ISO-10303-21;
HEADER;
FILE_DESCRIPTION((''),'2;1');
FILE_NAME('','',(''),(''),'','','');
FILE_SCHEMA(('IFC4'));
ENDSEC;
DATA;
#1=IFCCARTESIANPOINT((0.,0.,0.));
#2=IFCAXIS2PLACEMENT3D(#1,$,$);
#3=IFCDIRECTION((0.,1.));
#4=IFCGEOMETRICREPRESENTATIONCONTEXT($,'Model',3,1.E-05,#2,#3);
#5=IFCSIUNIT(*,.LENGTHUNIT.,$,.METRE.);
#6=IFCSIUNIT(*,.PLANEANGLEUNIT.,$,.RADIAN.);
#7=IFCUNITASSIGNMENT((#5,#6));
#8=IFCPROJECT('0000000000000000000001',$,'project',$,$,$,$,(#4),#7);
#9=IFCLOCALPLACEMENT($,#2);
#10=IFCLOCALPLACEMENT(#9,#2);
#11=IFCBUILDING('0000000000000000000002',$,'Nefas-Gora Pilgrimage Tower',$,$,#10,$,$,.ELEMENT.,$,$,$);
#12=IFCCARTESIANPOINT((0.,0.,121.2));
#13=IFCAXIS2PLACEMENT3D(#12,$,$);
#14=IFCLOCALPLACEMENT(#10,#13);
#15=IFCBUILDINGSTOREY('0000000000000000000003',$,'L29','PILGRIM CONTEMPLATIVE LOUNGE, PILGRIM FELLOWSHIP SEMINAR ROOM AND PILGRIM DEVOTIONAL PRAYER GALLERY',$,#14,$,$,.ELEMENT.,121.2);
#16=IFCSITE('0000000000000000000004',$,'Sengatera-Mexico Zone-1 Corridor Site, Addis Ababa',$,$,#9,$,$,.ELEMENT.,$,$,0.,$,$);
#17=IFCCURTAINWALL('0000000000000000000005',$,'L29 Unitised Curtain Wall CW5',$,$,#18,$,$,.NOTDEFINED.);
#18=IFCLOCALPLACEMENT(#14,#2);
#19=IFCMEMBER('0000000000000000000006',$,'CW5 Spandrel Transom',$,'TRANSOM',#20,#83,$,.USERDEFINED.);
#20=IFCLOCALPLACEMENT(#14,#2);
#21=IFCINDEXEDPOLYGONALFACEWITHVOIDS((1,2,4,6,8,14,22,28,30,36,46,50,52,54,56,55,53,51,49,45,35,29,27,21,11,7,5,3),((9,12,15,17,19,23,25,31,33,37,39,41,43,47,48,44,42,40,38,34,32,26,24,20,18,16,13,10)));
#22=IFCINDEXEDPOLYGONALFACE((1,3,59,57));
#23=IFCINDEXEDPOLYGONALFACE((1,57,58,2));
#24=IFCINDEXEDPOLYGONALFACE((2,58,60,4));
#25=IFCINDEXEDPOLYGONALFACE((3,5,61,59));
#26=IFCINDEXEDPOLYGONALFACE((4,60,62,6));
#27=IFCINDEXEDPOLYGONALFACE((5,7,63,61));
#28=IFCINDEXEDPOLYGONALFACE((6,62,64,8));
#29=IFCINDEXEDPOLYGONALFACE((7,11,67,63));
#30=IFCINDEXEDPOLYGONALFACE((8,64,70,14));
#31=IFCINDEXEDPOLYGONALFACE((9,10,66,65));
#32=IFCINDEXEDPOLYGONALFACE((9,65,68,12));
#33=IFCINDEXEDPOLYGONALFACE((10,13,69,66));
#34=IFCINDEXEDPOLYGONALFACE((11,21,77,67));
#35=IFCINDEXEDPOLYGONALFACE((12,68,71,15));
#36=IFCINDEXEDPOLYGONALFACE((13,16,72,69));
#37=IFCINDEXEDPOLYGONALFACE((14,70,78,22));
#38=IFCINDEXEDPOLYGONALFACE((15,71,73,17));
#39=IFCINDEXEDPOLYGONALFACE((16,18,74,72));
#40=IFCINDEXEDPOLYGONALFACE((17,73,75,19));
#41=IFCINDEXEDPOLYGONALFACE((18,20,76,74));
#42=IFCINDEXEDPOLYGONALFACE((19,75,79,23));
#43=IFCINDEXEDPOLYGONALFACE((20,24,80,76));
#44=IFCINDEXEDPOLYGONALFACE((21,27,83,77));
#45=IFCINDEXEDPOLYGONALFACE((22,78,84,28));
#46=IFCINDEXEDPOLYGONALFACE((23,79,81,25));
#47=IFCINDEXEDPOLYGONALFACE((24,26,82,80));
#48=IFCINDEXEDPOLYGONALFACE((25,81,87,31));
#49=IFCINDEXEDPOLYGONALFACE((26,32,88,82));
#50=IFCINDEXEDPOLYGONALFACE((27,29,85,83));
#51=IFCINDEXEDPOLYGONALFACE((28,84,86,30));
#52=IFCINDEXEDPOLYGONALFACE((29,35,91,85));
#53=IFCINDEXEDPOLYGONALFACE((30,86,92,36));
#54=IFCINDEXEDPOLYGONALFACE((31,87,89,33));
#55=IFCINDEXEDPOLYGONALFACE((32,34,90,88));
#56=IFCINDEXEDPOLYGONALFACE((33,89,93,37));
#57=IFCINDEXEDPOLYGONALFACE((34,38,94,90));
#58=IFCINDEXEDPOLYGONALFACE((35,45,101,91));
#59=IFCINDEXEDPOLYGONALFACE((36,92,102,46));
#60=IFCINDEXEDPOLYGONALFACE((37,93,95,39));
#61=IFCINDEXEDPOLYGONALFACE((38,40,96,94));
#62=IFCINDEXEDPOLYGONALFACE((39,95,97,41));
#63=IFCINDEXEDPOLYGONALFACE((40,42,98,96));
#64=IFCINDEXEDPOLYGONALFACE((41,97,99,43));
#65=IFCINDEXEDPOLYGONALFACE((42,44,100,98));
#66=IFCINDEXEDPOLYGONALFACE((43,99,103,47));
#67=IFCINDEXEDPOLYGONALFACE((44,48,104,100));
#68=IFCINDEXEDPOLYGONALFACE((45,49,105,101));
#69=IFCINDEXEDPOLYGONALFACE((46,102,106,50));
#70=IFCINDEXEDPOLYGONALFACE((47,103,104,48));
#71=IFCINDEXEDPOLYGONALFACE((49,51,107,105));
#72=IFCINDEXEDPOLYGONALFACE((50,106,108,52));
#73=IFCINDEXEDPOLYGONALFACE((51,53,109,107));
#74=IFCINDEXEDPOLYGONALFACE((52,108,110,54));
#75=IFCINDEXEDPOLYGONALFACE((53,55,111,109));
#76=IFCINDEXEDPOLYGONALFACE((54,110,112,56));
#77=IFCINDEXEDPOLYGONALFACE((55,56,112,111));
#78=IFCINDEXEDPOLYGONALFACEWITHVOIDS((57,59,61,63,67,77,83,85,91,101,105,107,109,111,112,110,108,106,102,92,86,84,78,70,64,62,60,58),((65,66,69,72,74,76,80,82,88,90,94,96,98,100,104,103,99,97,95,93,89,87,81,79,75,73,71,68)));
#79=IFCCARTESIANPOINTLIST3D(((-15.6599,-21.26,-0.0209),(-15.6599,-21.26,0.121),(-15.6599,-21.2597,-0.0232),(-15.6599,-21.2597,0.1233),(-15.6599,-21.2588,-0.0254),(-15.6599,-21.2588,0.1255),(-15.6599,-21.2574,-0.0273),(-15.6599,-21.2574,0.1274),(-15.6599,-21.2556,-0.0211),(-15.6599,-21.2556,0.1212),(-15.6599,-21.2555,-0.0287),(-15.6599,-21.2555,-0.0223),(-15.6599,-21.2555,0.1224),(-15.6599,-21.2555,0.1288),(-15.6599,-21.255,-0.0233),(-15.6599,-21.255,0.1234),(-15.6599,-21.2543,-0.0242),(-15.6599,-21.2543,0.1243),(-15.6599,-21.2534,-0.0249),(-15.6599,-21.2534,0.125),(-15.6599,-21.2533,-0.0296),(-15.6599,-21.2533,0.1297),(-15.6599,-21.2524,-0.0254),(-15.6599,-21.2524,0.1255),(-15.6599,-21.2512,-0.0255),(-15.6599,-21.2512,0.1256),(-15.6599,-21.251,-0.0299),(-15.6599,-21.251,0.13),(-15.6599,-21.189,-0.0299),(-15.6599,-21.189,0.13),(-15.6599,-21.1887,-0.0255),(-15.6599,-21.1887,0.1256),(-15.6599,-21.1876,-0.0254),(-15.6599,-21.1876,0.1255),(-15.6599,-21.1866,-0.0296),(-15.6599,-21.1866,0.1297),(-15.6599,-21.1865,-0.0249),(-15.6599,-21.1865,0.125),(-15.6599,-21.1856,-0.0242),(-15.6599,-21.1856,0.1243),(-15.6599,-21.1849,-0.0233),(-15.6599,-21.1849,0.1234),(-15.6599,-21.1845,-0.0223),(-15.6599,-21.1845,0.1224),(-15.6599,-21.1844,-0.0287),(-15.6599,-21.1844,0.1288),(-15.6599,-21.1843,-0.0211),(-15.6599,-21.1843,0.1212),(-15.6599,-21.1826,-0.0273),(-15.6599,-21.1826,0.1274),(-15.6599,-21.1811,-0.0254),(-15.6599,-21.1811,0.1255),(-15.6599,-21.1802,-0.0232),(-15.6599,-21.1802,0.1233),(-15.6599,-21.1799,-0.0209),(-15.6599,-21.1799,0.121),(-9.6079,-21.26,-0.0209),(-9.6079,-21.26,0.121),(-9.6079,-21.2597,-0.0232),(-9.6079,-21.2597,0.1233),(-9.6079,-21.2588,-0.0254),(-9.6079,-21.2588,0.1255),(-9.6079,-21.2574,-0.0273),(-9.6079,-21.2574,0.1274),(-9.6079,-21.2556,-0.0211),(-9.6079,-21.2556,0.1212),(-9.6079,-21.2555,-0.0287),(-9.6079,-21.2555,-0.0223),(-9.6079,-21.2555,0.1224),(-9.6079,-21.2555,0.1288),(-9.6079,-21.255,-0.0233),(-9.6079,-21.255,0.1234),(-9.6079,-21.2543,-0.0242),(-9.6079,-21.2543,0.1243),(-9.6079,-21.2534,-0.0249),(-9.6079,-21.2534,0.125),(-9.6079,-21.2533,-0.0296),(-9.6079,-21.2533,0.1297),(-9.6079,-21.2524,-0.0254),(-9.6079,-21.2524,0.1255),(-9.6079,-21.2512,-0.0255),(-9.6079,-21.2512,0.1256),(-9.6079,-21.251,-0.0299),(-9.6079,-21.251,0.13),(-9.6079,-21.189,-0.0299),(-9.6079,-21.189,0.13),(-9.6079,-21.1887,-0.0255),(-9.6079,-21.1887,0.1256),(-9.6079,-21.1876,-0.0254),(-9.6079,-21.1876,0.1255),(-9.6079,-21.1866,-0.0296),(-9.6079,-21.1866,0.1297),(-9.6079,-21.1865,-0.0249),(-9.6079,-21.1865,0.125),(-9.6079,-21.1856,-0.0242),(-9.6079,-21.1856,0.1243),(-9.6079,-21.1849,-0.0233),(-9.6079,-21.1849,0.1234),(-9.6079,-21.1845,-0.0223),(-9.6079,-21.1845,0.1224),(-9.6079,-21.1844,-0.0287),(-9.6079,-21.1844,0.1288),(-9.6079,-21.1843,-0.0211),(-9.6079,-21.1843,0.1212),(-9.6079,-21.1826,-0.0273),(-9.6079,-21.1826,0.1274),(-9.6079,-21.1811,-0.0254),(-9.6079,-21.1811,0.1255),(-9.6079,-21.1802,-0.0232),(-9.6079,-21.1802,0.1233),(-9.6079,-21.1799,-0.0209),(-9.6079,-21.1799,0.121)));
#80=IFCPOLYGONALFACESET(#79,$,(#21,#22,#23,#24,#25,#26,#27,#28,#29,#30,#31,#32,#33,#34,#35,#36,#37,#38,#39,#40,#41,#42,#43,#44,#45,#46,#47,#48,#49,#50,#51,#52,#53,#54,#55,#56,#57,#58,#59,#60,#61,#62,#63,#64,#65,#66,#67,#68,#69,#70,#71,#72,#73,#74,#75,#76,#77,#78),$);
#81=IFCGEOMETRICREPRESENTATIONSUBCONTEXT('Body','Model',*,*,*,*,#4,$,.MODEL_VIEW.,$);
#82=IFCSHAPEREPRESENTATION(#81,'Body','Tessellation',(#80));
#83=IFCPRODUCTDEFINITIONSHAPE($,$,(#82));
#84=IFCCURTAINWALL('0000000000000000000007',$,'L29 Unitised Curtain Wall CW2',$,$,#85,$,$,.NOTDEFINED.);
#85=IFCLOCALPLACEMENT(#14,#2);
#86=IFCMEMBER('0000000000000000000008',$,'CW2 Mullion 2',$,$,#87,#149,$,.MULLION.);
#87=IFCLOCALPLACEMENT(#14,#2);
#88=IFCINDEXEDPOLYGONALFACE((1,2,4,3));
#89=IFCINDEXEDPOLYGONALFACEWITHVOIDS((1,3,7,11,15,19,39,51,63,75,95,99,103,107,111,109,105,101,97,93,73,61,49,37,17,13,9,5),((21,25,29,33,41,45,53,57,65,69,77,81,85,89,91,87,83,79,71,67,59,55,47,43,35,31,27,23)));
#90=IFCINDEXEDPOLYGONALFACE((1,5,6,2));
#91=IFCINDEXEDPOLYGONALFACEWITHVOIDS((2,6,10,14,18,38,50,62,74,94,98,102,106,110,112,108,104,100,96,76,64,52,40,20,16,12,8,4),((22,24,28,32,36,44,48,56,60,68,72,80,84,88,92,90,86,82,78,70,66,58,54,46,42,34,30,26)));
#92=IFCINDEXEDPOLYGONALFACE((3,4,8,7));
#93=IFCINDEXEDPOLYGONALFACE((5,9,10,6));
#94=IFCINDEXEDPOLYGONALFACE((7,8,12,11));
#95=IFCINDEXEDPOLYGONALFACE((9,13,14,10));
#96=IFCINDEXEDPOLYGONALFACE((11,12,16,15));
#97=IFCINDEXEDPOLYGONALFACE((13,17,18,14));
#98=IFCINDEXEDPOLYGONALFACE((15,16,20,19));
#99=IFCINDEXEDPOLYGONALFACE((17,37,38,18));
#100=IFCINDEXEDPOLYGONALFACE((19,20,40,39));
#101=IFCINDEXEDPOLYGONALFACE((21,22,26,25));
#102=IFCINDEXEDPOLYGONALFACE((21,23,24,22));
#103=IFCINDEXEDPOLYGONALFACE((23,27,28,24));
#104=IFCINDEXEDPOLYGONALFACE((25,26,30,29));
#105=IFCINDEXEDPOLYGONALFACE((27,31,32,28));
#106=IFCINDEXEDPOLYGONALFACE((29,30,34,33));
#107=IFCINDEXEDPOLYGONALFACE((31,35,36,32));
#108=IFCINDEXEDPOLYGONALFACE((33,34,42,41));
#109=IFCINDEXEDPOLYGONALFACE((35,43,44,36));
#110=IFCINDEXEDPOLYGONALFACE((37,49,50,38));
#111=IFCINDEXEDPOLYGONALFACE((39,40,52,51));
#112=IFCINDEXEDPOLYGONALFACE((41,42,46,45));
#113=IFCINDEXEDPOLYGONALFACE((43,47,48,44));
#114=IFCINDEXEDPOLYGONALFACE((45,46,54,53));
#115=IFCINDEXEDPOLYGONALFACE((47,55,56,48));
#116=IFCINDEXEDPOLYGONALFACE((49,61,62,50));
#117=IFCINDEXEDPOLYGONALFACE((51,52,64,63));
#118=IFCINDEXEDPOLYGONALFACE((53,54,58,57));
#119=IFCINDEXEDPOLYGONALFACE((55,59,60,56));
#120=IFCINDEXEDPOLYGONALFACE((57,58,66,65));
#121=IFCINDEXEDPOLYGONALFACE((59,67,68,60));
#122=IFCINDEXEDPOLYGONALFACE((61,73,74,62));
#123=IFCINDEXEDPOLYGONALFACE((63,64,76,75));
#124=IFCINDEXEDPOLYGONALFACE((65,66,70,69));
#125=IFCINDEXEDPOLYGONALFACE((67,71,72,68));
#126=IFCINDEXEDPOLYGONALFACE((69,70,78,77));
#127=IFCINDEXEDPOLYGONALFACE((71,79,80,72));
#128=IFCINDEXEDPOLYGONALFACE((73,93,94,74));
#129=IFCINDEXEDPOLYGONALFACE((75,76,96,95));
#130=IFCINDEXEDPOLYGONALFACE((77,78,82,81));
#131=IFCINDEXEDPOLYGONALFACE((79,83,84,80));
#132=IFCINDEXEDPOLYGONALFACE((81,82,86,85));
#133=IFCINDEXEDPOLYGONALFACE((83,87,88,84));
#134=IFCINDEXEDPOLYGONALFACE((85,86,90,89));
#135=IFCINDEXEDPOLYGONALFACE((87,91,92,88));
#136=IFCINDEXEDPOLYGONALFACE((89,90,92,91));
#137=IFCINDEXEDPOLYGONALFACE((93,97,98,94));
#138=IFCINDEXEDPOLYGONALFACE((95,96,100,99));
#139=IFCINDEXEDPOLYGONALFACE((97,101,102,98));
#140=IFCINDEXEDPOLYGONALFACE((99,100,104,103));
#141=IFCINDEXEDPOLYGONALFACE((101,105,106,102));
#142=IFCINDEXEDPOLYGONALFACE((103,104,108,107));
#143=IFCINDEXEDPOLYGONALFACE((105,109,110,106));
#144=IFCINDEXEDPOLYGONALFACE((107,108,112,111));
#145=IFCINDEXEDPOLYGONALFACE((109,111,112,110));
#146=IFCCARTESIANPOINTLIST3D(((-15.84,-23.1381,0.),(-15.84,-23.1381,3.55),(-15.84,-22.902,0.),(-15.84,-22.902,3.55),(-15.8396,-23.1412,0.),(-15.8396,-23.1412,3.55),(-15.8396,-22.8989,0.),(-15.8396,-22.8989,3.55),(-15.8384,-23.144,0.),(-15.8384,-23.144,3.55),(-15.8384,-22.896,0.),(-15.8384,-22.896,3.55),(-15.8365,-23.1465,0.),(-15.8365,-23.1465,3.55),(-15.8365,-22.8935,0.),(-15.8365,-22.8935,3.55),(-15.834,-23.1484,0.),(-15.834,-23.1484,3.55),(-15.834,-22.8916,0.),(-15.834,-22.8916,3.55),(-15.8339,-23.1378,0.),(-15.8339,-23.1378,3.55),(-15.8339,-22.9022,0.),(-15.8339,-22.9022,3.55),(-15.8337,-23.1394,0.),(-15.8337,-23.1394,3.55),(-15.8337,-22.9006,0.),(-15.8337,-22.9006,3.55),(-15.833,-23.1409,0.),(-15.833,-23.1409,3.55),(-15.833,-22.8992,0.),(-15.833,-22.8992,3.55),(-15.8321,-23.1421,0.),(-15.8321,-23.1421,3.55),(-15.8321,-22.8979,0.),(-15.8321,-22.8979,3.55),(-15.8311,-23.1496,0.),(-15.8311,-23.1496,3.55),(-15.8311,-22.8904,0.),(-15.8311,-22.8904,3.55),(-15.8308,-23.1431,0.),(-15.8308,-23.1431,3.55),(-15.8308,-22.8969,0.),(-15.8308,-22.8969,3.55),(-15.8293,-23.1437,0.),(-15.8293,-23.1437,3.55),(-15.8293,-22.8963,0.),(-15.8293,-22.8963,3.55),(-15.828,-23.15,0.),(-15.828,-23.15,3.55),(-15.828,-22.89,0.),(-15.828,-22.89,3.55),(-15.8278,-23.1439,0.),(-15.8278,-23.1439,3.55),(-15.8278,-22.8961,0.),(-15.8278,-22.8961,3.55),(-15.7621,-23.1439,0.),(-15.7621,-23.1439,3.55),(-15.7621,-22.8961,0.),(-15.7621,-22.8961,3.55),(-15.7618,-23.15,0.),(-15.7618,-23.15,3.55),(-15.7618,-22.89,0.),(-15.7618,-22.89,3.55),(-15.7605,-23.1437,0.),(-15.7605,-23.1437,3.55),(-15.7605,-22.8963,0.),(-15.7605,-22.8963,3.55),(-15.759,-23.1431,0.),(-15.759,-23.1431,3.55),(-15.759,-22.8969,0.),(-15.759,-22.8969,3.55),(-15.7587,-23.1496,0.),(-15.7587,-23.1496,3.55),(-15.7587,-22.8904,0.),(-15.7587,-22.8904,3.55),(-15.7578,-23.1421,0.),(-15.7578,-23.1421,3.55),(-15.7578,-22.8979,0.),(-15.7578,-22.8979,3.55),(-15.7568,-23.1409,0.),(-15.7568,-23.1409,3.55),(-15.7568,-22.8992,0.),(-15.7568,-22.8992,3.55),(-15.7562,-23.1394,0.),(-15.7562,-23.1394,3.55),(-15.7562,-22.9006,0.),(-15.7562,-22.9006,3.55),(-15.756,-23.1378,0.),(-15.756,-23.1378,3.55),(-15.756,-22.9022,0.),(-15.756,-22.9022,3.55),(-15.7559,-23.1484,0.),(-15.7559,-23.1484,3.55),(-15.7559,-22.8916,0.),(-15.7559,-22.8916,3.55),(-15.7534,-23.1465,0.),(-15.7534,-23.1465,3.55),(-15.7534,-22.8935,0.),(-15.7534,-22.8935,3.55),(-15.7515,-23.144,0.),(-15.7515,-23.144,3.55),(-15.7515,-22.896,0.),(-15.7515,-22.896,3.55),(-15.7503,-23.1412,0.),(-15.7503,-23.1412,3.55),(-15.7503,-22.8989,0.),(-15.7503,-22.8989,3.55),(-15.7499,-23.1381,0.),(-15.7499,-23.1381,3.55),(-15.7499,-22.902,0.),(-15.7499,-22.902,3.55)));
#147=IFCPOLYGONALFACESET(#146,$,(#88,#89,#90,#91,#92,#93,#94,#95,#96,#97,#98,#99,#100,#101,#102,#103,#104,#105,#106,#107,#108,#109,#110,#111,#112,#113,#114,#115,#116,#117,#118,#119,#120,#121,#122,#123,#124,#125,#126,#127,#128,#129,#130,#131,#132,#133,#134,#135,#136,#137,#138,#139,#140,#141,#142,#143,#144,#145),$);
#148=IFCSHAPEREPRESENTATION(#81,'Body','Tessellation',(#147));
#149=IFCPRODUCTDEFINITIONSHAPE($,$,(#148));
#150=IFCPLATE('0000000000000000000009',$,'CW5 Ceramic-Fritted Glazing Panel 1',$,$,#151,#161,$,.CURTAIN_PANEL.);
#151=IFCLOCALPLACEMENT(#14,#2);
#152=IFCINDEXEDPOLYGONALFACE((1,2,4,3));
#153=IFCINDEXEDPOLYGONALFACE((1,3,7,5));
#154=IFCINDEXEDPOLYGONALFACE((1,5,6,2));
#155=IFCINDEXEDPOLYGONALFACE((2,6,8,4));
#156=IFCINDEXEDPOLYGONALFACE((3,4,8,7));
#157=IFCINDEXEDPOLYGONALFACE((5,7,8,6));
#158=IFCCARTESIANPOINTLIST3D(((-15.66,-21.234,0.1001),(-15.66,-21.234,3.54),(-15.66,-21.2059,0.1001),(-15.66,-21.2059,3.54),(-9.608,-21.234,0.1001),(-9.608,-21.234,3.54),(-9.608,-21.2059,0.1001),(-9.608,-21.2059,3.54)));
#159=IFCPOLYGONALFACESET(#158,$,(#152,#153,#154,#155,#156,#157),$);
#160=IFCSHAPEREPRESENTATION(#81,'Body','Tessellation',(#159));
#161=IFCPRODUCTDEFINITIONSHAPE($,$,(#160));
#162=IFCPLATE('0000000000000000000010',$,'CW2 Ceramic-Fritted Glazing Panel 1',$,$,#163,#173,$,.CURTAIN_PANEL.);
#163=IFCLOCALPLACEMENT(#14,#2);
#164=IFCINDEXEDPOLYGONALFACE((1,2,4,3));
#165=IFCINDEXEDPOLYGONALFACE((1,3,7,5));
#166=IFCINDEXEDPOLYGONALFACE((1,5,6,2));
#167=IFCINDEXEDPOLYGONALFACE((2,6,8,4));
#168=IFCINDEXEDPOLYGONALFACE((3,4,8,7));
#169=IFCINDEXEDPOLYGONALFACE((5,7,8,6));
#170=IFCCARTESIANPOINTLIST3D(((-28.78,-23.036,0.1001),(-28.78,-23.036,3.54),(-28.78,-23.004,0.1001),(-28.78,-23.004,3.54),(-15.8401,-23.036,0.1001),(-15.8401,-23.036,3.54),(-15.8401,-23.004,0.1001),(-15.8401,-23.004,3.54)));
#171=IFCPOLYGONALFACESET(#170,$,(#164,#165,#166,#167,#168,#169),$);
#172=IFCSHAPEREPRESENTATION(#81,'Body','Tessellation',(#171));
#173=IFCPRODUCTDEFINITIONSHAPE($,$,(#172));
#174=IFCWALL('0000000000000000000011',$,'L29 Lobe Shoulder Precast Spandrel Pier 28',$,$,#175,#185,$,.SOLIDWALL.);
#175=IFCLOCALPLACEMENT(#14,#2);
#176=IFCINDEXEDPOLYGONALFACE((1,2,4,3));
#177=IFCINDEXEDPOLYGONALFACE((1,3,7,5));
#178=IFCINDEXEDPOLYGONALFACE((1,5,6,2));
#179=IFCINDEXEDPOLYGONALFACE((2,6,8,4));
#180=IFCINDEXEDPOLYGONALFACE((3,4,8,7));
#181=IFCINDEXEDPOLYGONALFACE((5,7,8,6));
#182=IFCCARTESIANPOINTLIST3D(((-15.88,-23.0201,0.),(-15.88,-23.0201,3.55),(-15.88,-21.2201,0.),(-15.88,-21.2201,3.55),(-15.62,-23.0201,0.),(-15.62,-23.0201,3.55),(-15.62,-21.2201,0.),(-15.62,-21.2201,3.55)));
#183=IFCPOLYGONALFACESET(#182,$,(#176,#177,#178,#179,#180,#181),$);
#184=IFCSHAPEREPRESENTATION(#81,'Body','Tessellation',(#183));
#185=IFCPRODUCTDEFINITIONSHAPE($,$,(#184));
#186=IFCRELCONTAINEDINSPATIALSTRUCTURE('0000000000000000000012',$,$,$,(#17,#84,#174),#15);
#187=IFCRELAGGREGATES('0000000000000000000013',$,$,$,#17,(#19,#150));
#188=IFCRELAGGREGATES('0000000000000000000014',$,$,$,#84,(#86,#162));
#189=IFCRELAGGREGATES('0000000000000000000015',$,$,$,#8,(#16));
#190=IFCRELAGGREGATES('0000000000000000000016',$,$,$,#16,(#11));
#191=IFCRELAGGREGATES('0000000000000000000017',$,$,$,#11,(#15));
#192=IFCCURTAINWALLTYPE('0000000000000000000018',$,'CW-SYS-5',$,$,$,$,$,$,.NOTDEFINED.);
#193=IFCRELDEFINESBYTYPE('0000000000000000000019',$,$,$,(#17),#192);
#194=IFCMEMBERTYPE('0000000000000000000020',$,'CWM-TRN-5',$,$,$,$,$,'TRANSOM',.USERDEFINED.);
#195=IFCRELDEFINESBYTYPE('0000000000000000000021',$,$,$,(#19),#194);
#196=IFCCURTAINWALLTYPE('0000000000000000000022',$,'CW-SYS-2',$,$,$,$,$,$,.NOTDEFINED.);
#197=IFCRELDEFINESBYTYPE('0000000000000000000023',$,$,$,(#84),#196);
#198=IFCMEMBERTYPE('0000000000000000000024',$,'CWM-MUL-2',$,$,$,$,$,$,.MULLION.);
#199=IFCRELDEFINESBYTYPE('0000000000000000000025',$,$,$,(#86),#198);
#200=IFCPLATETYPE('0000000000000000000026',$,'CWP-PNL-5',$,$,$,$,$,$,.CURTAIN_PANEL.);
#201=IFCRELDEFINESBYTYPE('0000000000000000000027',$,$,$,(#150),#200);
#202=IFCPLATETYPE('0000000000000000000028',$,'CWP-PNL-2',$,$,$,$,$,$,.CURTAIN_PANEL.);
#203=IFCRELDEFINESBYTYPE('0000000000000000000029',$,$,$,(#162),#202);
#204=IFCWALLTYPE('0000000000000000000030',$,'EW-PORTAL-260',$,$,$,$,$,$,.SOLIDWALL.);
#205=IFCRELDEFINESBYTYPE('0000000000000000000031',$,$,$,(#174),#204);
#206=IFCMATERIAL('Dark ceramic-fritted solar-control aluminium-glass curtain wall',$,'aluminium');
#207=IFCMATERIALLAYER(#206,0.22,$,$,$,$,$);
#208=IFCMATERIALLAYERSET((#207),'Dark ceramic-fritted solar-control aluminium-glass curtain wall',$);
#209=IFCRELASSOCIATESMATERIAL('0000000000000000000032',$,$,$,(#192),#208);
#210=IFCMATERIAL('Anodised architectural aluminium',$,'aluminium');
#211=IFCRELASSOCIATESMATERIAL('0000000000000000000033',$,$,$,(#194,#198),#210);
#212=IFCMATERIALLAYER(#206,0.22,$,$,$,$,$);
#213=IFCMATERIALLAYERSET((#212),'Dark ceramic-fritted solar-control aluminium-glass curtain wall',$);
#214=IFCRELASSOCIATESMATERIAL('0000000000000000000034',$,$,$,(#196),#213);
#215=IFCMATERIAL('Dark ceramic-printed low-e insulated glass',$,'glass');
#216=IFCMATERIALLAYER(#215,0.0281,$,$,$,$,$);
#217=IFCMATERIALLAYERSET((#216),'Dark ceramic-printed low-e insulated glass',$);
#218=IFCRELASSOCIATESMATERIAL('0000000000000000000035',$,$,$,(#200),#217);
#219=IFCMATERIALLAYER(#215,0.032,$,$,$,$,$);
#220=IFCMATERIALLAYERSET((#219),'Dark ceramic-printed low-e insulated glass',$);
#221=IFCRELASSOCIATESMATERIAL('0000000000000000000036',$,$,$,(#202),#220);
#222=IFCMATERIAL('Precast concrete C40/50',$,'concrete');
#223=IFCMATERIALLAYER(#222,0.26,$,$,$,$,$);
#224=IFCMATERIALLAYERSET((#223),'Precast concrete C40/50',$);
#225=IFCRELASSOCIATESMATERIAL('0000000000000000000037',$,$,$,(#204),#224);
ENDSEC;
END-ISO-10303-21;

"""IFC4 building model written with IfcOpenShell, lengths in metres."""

from ifc_helpers import new_model, si_unit, direction, frame, frame_2d, origin, origin_2d, place, context, subcontext, project, spatial, rectangle, hollow_rectangle, extrude, source, transform, mapped, material, layer, layer_set, material_profile, profile_set, type_object, element, aggregate, save


model = new_model("IFC4")

# Units and contexts
model_context = context("Model", 3, precision=1e-05, world=origin(), true_north=direction((0.0, 1.0)))
body_context = subcontext(model_context, "Body", "Model", "MODEL_VIEW")
ifc_project = project(units=[si_unit("LENGTHUNIT", "METRE"), si_unit("PLANEANGLEUNIT", "RADIAN")], contexts=[model_context])

# Site, building, storey
site_placement = place(None, origin())
site = spatial("IfcSite", under=ifc_project, at=site_placement, Name="Sengatera-Mexico Zone-1 Corridor Site, Addis Ababa", CompositionType="ELEMENT", RefElevation=0.0)
building_placement = place(site_placement, origin())
building = spatial("IfcBuilding", under=site, at=building_placement, Name="Nefas-Gora Pilgrimage Tower", CompositionType="ELEMENT")
storey_placement = place(building_placement, frame((0.0, 0.0, 121.2)))
storey = spatial("IfcBuildingStorey", under=building, at=storey_placement, Name="L29", Description="PILGRIM CONTEMPLATIVE LOUNGE, PILGRIM FELLOWSHIP SEMINAR ROOM AND PILGRIM DEVOTIONAL PRAYER GALLERY", CompositionType="ELEMENT", Elevation=121.2)

# Curtain wall, member
ifc_material_1 = material(Name="Dark ceramic-fritted solar-control aluminium-glass curtain wall", Category="aluminium")
ifc_layer_1 = layer(ifc_material_1, 0.22)
ifc_layer_set_1 = layer_set([ifc_layer_1], Name="Dark ceramic-fritted solar-control aluminium-glass curtain wall")
curtain_wall_type_1 = type_object("IfcCurtainWallType", Name="CW-SYS-5", PredefinedType="NOTDEFINED", material=ifc_layer_set_1)
curtain_wall_1_placement = place(storey_placement, origin())
curtain_wall_1 = element("IfcCurtainWall", 1, at=curtain_wall_1_placement, inside=storey, type_object=curtain_wall_type_1, Name="L29 Unitised Curtain Wall CW5", PredefinedType="NOTDEFINED")
ifc_material_2 = material(Name="Anodised architectural aluminium", Category="aluminium")
ifc_material_profile_1 = material_profile(ifc_material_2, hollow_rectangle(XDim=0.0801, YDim=0.1599, WallThickness=0.0044, InnerFilletRadius=0.0044, OuterFilletRadius=0.009, at=origin_2d()), Name="ALU TRANSOM 80x160")
ifc_profile_set_1 = profile_set([ifc_material_profile_1], Name="Anodised architectural aluminium")
member_type_1 = type_object("IfcMemberType", Name="CWM-TRN-5", ElementType="TRANSOM", PredefinedType="USERDEFINED", material=ifc_profile_set_1)
shared_shape_1 = source(origin(), body_context, "Body", "SweptSolid", [
    extrude(hollow_rectangle(XDim=0.0801, YDim=0.1599, WallThickness=0.0044, InnerFilletRadius=0.0044, OuterFilletRadius=0.009, at=origin_2d()), origin(), (0.0, 0.0, 1.0), 6.052),
])
member_1_placement = place(storey_placement, frame((-15.6599, -21.22, 0.05), z_axis=(1.0, 0.0, 0.0), x_axis=(0.0, 1.0, 0.0)))
member_1 = element("IfcMember", 2, at=member_1_placement, type_object=member_type_1, Name="CW5 Spandrel Transom", ObjectType="TRANSOM", PredefinedType="USERDEFINED", context=body_context, shape_type="MappedRepresentation", body=[
    mapped(shared_shape_1, transform((0.0, 0.0, 0.0), x_axis=(1.0, 0.0, 0.0), y_axis=(0.0, 1.0, 0.0), z_axis=(0.0, 0.0, 1.0), scale=1.0)),
])

# Curtain wall, member
ifc_layer_2 = layer(ifc_material_1, 0.22)
ifc_layer_set_2 = layer_set([ifc_layer_2], Name="Dark ceramic-fritted solar-control aluminium-glass curtain wall")
curtain_wall_type_2 = type_object("IfcCurtainWallType", Name="CW-SYS-2", PredefinedType="NOTDEFINED", material=ifc_layer_set_2)
curtain_wall_2_placement = place(storey_placement, origin())
curtain_wall_2 = element("IfcCurtainWall", 3, at=curtain_wall_2_placement, inside=storey, type_object=curtain_wall_type_2, Name="L29 Unitised Curtain Wall CW2", PredefinedType="NOTDEFINED")
ifc_material_profile_2 = material_profile(ifc_material_2, hollow_rectangle(XDim=0.0901, YDim=0.26, WallThickness=0.0061, InnerFilletRadius=0.0061, OuterFilletRadius=0.012, at=origin_2d()), Name="ALU MULLION 90x260")
ifc_profile_set_2 = profile_set([ifc_material_profile_2], Name="Anodised architectural aluminium")
member_type_2 = type_object("IfcMemberType", Name="CWM-MUL-2", PredefinedType="MULLION", material=ifc_profile_set_2)
shared_shape_2 = source(origin(), body_context, "Body", "SweptSolid", [
    extrude(hollow_rectangle(XDim=0.0901, YDim=0.26, WallThickness=0.0061, InnerFilletRadius=0.0061, OuterFilletRadius=0.012, at=origin_2d()), origin(), (0.0, 0.0, 1.0), 3.55),
])
member_2_placement = place(storey_placement, frame((-15.7949, -23.02, 0.0), z_axis=(0.0, 0.0, 1.0), x_axis=(1.0, 0.0, 0.0)))
member_2 = element("IfcMember", 4, at=member_2_placement, type_object=member_type_2, Name="CW2 Mullion 2", PredefinedType="MULLION", context=body_context, shape_type="MappedRepresentation", body=[
    mapped(shared_shape_2, transform((0.0, 0.0, 0.0), x_axis=(1.0, 0.0, 0.0), y_axis=(0.0, 1.0, 0.0), z_axis=(0.0, 0.0, 1.0), scale=1.0)),
])

# Plates
ifc_material_3 = material(Name="Dark ceramic-printed low-e insulated glass", Category="glass")
ifc_layer_3 = layer(ifc_material_3, 0.0281)
ifc_layer_set_3 = layer_set([ifc_layer_3], Name="Dark ceramic-printed low-e insulated glass")
plate_type_1 = type_object("IfcPlateType", Name="CWP-PNL-5", PredefinedType="CURTAIN_PANEL", material=ifc_layer_set_3)
shared_shape_3 = source(origin(), body_context, "Body", "SweptSolid", [
    extrude(rectangle(XDim=6.052, YDim=0.0281, at=origin_2d()), origin(), (0.0, 0.0, 1.0), 3.4399),
])
plate_1_placement = place(storey_placement, frame((-12.634, -21.22, 0.1001), z_axis=(0.0, 0.0, 1.0), x_axis=(1.0, 0.0, 0.0)))
plate_1 = element("IfcPlate", 5, at=plate_1_placement, type_object=plate_type_1, Name="CW5 Ceramic-Fritted Glazing Panel 1", PredefinedType="CURTAIN_PANEL", context=body_context, shape_type="MappedRepresentation", body=[
    mapped(shared_shape_3, transform((0.0, 0.0, 0.0), x_axis=(1.0, 0.0, 0.0), y_axis=(0.0, 1.0, 0.0), z_axis=(0.0, 0.0, 1.0), scale=1.0)),
])
aggregate(curtain_wall_1, [member_1, plate_1])
ifc_layer_4 = layer(ifc_material_3, 0.032)
ifc_layer_set_4 = layer_set([ifc_layer_4], Name="Dark ceramic-printed low-e insulated glass")
plate_type_2 = type_object("IfcPlateType", Name="CWP-PNL-2", PredefinedType="CURTAIN_PANEL", material=ifc_layer_set_4)
shared_shape_4 = source(origin(), body_context, "Body", "SweptSolid", [
    extrude(rectangle(XDim=12.9399, YDim=0.032, at=origin_2d()), origin(), (0.0, 0.0, 1.0), 3.4399),
])
plate_2_placement = place(storey_placement, frame((-22.3101, -23.02, 0.1001), z_axis=(0.0, 0.0, 1.0), x_axis=(1.0, 0.0, 0.0)))
plate_2 = element("IfcPlate", 6, at=plate_2_placement, type_object=plate_type_2, Name="CW2 Ceramic-Fritted Glazing Panel 1", PredefinedType="CURTAIN_PANEL", context=body_context, shape_type="MappedRepresentation", body=[
    mapped(shared_shape_4, transform((0.0, 0.0, 0.0), x_axis=(1.0, 0.0, 0.0), y_axis=(0.0, 1.0, 0.0), z_axis=(0.0, 0.0, 1.0), scale=1.0)),
])
aggregate(curtain_wall_2, [member_2, plate_2])

# Wall
ifc_material_4 = material(Name="Precast concrete C40/50", Category="concrete")
ifc_layer_5 = layer(ifc_material_4, 0.26)
ifc_layer_set_5 = layer_set([ifc_layer_5], Name="Precast concrete C40/50")
wall_type_1 = type_object("IfcWallType", Name="EW-PORTAL-260", PredefinedType="SOLIDWALL", material=ifc_layer_set_5)
shared_shape_5 = source(origin(), body_context, "Body", "SweptSolid", [
    extrude(rectangle(XDim=1.8, YDim=0.26, at=frame_2d((0.8999, 0.0))), origin(), (0.0, 0.0, 1.0), 3.55),
])
wall_1_placement = place(storey_placement, frame((-15.75, -23.02, 0.0), z_axis=(0.0, 0.0, 1.0), x_axis=(0.0, 1.0, 0.0)))
element("IfcWall", 7, at=wall_1_placement, inside=storey, type_object=wall_type_1, Name="L29 Lobe Shoulder Precast Spandrel Pier 28", PredefinedType="SOLIDWALL", context=body_context, shape_type="MappedRepresentation", body=[
    mapped(shared_shape_5, transform((0.0, 0.0, 0.0), x_axis=(1.0, 0.0, 0.0), y_axis=(0.0, 1.0, 0.0), z_axis=(0.0, 0.0, 1.0), scale=1.0)),
])

save(model, "model.ifc")
